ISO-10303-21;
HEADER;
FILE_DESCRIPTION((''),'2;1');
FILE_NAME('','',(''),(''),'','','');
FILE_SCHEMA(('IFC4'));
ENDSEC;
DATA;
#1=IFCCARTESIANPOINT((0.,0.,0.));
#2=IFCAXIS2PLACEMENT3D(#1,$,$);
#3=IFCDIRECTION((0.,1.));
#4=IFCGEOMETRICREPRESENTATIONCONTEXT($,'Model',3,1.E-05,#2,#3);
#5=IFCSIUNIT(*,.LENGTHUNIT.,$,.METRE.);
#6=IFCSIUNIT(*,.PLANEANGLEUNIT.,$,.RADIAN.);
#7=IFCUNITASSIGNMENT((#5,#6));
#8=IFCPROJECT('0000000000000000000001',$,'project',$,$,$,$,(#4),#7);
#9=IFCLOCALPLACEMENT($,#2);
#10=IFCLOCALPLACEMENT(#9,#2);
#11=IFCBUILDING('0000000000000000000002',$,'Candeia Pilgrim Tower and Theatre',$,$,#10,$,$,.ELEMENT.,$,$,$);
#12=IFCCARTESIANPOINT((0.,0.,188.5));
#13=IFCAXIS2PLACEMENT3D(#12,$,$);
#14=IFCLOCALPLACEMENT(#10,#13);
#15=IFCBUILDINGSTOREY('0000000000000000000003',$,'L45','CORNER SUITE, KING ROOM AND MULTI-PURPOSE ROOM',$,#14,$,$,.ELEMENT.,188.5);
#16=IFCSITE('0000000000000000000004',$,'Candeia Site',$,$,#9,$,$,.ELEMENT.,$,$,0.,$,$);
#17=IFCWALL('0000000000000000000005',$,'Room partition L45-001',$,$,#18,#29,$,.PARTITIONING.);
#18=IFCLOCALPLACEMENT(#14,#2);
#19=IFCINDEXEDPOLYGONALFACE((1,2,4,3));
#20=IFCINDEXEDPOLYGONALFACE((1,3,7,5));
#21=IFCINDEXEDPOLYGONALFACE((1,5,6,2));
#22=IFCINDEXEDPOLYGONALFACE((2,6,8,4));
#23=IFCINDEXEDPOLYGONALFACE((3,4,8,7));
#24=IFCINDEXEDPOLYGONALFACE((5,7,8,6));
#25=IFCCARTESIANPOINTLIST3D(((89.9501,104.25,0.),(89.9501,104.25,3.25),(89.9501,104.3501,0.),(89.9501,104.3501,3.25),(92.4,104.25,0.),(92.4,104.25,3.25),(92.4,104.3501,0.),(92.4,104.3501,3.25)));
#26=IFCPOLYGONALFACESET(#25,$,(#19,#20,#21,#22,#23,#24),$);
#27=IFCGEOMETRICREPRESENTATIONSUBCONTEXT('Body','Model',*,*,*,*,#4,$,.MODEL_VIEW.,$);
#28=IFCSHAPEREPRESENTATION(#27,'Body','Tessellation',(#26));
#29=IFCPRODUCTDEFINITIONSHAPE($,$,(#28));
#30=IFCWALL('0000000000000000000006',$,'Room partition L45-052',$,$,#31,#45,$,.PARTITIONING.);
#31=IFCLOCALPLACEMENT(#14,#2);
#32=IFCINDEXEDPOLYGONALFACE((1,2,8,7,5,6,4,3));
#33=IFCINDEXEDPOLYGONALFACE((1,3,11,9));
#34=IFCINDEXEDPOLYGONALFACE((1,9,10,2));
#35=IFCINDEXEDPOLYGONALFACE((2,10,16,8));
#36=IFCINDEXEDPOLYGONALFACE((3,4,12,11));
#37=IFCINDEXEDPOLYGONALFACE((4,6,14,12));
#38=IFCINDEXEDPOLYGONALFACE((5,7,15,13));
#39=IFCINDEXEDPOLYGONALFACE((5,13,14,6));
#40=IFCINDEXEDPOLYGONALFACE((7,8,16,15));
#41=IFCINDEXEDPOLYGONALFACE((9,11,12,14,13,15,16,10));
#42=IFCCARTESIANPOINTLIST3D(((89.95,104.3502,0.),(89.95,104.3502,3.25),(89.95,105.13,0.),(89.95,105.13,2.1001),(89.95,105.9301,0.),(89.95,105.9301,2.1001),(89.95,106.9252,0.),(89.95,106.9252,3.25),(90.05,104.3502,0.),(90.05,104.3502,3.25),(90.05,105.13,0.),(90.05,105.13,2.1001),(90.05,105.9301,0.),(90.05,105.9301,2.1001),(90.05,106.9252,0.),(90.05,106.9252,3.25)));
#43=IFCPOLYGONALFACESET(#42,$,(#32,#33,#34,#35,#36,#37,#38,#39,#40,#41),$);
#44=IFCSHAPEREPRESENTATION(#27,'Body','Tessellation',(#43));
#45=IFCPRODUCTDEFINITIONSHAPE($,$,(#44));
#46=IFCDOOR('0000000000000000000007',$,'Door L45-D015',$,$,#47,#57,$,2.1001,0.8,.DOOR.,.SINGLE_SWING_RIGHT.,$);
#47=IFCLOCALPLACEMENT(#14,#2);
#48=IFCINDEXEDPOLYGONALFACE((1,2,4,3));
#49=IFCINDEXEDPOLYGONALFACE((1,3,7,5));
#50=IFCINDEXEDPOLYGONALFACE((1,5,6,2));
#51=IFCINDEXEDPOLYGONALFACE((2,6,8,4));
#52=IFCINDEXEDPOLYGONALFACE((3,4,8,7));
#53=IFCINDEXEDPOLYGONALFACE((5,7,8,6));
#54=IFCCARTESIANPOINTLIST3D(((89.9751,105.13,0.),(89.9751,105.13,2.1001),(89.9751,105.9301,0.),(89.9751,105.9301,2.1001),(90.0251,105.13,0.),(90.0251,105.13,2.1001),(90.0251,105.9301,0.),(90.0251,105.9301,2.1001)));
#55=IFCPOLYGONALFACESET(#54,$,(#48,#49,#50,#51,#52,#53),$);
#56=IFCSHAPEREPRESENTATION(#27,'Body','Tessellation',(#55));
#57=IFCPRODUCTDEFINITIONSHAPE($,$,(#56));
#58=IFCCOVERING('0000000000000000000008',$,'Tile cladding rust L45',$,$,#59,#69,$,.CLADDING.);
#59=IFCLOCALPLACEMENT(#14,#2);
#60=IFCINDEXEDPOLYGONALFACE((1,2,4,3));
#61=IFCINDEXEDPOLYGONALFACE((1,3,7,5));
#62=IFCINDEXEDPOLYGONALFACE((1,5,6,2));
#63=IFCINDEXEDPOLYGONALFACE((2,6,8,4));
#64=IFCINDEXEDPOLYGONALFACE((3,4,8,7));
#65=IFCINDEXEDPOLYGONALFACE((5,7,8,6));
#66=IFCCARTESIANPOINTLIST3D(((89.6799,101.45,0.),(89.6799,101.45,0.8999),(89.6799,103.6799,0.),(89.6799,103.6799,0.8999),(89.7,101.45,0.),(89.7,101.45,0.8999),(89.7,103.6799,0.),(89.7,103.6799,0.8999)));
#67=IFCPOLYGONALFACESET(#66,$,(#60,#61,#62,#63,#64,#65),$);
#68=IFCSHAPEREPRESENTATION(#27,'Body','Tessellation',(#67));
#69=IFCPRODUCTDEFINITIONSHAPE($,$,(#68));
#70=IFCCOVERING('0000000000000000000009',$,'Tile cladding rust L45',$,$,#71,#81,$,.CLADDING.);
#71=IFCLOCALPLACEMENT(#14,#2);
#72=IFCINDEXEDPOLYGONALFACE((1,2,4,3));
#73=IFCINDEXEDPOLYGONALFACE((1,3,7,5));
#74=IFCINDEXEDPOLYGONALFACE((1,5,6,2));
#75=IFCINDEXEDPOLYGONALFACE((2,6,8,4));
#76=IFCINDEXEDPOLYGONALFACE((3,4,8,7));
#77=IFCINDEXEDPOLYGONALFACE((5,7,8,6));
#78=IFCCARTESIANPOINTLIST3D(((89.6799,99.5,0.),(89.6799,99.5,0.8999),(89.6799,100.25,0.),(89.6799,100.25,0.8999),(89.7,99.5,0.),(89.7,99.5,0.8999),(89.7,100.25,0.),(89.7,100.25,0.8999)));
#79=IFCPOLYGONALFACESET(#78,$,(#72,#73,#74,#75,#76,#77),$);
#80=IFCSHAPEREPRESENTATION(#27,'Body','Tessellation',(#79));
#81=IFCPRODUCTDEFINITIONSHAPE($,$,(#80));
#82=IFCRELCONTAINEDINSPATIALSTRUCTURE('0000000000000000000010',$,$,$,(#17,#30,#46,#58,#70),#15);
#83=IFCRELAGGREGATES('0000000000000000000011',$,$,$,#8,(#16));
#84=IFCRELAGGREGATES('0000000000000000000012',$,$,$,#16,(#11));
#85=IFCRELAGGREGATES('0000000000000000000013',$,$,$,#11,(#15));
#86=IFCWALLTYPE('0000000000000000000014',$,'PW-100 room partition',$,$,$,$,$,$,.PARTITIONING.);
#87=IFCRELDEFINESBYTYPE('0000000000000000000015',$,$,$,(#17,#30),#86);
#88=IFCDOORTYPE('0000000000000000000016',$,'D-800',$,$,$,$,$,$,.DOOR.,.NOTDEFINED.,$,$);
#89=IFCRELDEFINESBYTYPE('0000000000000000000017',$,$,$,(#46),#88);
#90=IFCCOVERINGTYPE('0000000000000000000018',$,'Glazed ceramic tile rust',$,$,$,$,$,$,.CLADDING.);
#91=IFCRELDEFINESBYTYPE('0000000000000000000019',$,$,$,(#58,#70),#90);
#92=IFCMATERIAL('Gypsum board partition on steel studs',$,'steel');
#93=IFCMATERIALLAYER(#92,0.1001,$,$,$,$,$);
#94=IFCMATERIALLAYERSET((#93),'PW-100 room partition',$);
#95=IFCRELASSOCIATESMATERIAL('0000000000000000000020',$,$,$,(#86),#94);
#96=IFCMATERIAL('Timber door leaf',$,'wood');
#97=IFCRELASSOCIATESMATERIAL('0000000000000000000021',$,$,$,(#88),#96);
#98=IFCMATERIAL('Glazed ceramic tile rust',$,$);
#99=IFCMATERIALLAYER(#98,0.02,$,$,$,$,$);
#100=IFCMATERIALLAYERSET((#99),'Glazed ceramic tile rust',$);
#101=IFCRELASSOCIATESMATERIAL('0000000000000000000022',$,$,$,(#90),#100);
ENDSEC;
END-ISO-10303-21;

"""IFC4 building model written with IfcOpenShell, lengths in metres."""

from ifc_helpers import new_model, si_unit, direction, frame, frame_2d, origin, origin_2d, place, context, subcontext, project, spatial, rectangle, extrude, material, layer, layer_set, type_object, element, fill, save


model = new_model("IFC4")

# Units and contexts
model_context = context("Model", 3, precision=1e-05, world=origin(), true_north=direction((0.0, 1.0)))
body_context = subcontext(model_context, "Body", "Model", "MODEL_VIEW")
ifc_project = project(units=[si_unit("LENGTHUNIT", "METRE"), si_unit("PLANEANGLEUNIT", "RADIAN")], contexts=[model_context])

# Site, building, storey
site_placement = place(None, origin())
site = spatial("IfcSite", under=ifc_project, at=site_placement, Name="Candeia Site", CompositionType="ELEMENT", RefElevation=0.0)
building_placement = place(site_placement, origin())
building = spatial("IfcBuilding", under=site, at=building_placement, Name="Candeia Pilgrim Tower and Theatre", CompositionType="ELEMENT")
storey_placement = place(building_placement, frame((0.0, 0.0, 188.5)))
storey = spatial("IfcBuildingStorey", under=building, at=storey_placement, Name="L45", Description="CORNER SUITE, KING ROOM AND MULTI-PURPOSE ROOM", CompositionType="ELEMENT", Elevation=188.5)

# Wall
ifc_material_1 = material(Name="Gypsum board partition on steel studs", Category="steel")
ifc_layer_1 = layer(ifc_material_1, 0.1001)
ifc_layer_set_1 = layer_set([ifc_layer_1], Name="PW-100 room partition")
wall_type_1 = type_object("IfcWallType", Name="PW-100 room partition", PredefinedType="PARTITIONING", material=ifc_layer_set_1)
wall_1_placement = place(storey_placement, frame((89.95, 104.3, 0.0), z_axis=(0.0, 0.0, 1.0), x_axis=(1.0, 0.0, 0.0)))
element("IfcWall", 1, at=wall_1_placement, inside=storey, type_object=wall_type_1, Name="Room partition L45-001", PredefinedType="PARTITIONING", context=body_context, shape_type="SweptSolid", body=[
    extrude(rectangle(XDim=2.45, YDim=0.1001, at=frame_2d((1.2251, 0.0))), origin(), (0.0, 0.0, 1.0), 3.25),
])

# Wall, opening, door
wall_2_placement = place(storey_placement, frame((90.0, 104.3501, 0.0), z_axis=(0.0, 0.0, 1.0), x_axis=(0.0, 1.0, 0.0)))
wall_2 = element("IfcWall", 2, at=wall_2_placement, inside=storey, type_object=wall_type_1, Name="Room partition L45-052", PredefinedType="PARTITIONING", context=body_context, shape_type="SweptSolid", body=[
    extrude(rectangle(XDim=2.575, YDim=0.1001, at=frame_2d((1.2876, 0.0))), origin(), (0.0, 0.0, 1.0), 3.25),
])
opening_1_placement = place(wall_2_placement, frame((0.78, 0.0, 0.0)))
opening_1 = element("IfcOpeningElement", 3, at=opening_1_placement, cuts=wall_2, PredefinedType="OPENING", context=body_context, shape_type="SweptSolid", body=[
    extrude(rectangle(XDim=0.8, YDim=2.1001, at=frame_2d((0.3999, 1.05))), frame((0.0, 0.0601, 0.0), z_axis=(0.0, -1.0, 0.0), x_axis=(1.0, 0.0, 0.0)), (0.0, 0.0, 1.0), 0.1201),
])
ifc_material_2 = material(Name="Timber door leaf", Category="wood")
door_type_1 = type_object("IfcDoorType", Name="D-800", OperationType="NOTDEFINED", PredefinedType="DOOR", material=ifc_material_2)
door_1_placement = place(opening_1_placement, origin())
door_1 = element("IfcDoor", 4, at=door_1_placement, inside=storey, type_object=door_type_1, Name="Door L45-D015", OperationType="SINGLE_SWING_RIGHT", OverallHeight=2.1001, OverallWidth=0.8, PredefinedType="DOOR", context=body_context, shape_type="SweptSolid", body=[
    extrude(rectangle(XDim=0.8, YDim=2.1001, at=frame_2d((0.3999, 1.05))), frame((0.0, 0.0249, 0.0), z_axis=(0.0, -1.0, 0.0), x_axis=(1.0, 0.0, 0.0)), (0.0, 0.0, 1.0), 0.05),
])
fill(opening_1, door_1)

# Coverings
ifc_material_3 = material(Name="Glazed ceramic tile rust")
ifc_layer_2 = layer(ifc_material_3, 0.02)
ifc_layer_set_2 = layer_set([ifc_layer_2], Name="Glazed ceramic tile rust")
covering_type = type_object("IfcCoveringType", Name="Glazed ceramic tile rust", PredefinedType="CLADDING", material=ifc_layer_set_2)
covering_1_placement = place(storey_placement, frame((89.6899, 102.5649, 0.0), z_axis=(0.0, 0.0, 1.0), x_axis=(0.0, -1.0, 0.0)))
element("IfcCovering", 5, at=covering_1_placement, inside=storey, type_object=covering_type, Name="Tile cladding rust L45", PredefinedType="CLADDING", context=body_context, shape_type="SweptSolid", body=[
    extrude(rectangle(XDim=2.23, YDim=0.02, at=origin_2d()), origin(), (0.0, 0.0, 1.0), 0.8999),
])
covering_2_placement = place(storey_placement, frame((89.6899, 99.875, 0.0), z_axis=(0.0, 0.0, 1.0), x_axis=(0.0, -1.0, 0.0)))
element("IfcCovering", 6, at=covering_2_placement, inside=storey, type_object=covering_type, Name="Tile cladding rust L45", PredefinedType="CLADDING", context=body_context, shape_type="SweptSolid", body=[
    extrude(rectangle(XDim=0.75, YDim=0.02, at=origin_2d()), origin(), (0.0, 0.0, 1.0), 0.8999),
])

save(model, "model.ifc")
